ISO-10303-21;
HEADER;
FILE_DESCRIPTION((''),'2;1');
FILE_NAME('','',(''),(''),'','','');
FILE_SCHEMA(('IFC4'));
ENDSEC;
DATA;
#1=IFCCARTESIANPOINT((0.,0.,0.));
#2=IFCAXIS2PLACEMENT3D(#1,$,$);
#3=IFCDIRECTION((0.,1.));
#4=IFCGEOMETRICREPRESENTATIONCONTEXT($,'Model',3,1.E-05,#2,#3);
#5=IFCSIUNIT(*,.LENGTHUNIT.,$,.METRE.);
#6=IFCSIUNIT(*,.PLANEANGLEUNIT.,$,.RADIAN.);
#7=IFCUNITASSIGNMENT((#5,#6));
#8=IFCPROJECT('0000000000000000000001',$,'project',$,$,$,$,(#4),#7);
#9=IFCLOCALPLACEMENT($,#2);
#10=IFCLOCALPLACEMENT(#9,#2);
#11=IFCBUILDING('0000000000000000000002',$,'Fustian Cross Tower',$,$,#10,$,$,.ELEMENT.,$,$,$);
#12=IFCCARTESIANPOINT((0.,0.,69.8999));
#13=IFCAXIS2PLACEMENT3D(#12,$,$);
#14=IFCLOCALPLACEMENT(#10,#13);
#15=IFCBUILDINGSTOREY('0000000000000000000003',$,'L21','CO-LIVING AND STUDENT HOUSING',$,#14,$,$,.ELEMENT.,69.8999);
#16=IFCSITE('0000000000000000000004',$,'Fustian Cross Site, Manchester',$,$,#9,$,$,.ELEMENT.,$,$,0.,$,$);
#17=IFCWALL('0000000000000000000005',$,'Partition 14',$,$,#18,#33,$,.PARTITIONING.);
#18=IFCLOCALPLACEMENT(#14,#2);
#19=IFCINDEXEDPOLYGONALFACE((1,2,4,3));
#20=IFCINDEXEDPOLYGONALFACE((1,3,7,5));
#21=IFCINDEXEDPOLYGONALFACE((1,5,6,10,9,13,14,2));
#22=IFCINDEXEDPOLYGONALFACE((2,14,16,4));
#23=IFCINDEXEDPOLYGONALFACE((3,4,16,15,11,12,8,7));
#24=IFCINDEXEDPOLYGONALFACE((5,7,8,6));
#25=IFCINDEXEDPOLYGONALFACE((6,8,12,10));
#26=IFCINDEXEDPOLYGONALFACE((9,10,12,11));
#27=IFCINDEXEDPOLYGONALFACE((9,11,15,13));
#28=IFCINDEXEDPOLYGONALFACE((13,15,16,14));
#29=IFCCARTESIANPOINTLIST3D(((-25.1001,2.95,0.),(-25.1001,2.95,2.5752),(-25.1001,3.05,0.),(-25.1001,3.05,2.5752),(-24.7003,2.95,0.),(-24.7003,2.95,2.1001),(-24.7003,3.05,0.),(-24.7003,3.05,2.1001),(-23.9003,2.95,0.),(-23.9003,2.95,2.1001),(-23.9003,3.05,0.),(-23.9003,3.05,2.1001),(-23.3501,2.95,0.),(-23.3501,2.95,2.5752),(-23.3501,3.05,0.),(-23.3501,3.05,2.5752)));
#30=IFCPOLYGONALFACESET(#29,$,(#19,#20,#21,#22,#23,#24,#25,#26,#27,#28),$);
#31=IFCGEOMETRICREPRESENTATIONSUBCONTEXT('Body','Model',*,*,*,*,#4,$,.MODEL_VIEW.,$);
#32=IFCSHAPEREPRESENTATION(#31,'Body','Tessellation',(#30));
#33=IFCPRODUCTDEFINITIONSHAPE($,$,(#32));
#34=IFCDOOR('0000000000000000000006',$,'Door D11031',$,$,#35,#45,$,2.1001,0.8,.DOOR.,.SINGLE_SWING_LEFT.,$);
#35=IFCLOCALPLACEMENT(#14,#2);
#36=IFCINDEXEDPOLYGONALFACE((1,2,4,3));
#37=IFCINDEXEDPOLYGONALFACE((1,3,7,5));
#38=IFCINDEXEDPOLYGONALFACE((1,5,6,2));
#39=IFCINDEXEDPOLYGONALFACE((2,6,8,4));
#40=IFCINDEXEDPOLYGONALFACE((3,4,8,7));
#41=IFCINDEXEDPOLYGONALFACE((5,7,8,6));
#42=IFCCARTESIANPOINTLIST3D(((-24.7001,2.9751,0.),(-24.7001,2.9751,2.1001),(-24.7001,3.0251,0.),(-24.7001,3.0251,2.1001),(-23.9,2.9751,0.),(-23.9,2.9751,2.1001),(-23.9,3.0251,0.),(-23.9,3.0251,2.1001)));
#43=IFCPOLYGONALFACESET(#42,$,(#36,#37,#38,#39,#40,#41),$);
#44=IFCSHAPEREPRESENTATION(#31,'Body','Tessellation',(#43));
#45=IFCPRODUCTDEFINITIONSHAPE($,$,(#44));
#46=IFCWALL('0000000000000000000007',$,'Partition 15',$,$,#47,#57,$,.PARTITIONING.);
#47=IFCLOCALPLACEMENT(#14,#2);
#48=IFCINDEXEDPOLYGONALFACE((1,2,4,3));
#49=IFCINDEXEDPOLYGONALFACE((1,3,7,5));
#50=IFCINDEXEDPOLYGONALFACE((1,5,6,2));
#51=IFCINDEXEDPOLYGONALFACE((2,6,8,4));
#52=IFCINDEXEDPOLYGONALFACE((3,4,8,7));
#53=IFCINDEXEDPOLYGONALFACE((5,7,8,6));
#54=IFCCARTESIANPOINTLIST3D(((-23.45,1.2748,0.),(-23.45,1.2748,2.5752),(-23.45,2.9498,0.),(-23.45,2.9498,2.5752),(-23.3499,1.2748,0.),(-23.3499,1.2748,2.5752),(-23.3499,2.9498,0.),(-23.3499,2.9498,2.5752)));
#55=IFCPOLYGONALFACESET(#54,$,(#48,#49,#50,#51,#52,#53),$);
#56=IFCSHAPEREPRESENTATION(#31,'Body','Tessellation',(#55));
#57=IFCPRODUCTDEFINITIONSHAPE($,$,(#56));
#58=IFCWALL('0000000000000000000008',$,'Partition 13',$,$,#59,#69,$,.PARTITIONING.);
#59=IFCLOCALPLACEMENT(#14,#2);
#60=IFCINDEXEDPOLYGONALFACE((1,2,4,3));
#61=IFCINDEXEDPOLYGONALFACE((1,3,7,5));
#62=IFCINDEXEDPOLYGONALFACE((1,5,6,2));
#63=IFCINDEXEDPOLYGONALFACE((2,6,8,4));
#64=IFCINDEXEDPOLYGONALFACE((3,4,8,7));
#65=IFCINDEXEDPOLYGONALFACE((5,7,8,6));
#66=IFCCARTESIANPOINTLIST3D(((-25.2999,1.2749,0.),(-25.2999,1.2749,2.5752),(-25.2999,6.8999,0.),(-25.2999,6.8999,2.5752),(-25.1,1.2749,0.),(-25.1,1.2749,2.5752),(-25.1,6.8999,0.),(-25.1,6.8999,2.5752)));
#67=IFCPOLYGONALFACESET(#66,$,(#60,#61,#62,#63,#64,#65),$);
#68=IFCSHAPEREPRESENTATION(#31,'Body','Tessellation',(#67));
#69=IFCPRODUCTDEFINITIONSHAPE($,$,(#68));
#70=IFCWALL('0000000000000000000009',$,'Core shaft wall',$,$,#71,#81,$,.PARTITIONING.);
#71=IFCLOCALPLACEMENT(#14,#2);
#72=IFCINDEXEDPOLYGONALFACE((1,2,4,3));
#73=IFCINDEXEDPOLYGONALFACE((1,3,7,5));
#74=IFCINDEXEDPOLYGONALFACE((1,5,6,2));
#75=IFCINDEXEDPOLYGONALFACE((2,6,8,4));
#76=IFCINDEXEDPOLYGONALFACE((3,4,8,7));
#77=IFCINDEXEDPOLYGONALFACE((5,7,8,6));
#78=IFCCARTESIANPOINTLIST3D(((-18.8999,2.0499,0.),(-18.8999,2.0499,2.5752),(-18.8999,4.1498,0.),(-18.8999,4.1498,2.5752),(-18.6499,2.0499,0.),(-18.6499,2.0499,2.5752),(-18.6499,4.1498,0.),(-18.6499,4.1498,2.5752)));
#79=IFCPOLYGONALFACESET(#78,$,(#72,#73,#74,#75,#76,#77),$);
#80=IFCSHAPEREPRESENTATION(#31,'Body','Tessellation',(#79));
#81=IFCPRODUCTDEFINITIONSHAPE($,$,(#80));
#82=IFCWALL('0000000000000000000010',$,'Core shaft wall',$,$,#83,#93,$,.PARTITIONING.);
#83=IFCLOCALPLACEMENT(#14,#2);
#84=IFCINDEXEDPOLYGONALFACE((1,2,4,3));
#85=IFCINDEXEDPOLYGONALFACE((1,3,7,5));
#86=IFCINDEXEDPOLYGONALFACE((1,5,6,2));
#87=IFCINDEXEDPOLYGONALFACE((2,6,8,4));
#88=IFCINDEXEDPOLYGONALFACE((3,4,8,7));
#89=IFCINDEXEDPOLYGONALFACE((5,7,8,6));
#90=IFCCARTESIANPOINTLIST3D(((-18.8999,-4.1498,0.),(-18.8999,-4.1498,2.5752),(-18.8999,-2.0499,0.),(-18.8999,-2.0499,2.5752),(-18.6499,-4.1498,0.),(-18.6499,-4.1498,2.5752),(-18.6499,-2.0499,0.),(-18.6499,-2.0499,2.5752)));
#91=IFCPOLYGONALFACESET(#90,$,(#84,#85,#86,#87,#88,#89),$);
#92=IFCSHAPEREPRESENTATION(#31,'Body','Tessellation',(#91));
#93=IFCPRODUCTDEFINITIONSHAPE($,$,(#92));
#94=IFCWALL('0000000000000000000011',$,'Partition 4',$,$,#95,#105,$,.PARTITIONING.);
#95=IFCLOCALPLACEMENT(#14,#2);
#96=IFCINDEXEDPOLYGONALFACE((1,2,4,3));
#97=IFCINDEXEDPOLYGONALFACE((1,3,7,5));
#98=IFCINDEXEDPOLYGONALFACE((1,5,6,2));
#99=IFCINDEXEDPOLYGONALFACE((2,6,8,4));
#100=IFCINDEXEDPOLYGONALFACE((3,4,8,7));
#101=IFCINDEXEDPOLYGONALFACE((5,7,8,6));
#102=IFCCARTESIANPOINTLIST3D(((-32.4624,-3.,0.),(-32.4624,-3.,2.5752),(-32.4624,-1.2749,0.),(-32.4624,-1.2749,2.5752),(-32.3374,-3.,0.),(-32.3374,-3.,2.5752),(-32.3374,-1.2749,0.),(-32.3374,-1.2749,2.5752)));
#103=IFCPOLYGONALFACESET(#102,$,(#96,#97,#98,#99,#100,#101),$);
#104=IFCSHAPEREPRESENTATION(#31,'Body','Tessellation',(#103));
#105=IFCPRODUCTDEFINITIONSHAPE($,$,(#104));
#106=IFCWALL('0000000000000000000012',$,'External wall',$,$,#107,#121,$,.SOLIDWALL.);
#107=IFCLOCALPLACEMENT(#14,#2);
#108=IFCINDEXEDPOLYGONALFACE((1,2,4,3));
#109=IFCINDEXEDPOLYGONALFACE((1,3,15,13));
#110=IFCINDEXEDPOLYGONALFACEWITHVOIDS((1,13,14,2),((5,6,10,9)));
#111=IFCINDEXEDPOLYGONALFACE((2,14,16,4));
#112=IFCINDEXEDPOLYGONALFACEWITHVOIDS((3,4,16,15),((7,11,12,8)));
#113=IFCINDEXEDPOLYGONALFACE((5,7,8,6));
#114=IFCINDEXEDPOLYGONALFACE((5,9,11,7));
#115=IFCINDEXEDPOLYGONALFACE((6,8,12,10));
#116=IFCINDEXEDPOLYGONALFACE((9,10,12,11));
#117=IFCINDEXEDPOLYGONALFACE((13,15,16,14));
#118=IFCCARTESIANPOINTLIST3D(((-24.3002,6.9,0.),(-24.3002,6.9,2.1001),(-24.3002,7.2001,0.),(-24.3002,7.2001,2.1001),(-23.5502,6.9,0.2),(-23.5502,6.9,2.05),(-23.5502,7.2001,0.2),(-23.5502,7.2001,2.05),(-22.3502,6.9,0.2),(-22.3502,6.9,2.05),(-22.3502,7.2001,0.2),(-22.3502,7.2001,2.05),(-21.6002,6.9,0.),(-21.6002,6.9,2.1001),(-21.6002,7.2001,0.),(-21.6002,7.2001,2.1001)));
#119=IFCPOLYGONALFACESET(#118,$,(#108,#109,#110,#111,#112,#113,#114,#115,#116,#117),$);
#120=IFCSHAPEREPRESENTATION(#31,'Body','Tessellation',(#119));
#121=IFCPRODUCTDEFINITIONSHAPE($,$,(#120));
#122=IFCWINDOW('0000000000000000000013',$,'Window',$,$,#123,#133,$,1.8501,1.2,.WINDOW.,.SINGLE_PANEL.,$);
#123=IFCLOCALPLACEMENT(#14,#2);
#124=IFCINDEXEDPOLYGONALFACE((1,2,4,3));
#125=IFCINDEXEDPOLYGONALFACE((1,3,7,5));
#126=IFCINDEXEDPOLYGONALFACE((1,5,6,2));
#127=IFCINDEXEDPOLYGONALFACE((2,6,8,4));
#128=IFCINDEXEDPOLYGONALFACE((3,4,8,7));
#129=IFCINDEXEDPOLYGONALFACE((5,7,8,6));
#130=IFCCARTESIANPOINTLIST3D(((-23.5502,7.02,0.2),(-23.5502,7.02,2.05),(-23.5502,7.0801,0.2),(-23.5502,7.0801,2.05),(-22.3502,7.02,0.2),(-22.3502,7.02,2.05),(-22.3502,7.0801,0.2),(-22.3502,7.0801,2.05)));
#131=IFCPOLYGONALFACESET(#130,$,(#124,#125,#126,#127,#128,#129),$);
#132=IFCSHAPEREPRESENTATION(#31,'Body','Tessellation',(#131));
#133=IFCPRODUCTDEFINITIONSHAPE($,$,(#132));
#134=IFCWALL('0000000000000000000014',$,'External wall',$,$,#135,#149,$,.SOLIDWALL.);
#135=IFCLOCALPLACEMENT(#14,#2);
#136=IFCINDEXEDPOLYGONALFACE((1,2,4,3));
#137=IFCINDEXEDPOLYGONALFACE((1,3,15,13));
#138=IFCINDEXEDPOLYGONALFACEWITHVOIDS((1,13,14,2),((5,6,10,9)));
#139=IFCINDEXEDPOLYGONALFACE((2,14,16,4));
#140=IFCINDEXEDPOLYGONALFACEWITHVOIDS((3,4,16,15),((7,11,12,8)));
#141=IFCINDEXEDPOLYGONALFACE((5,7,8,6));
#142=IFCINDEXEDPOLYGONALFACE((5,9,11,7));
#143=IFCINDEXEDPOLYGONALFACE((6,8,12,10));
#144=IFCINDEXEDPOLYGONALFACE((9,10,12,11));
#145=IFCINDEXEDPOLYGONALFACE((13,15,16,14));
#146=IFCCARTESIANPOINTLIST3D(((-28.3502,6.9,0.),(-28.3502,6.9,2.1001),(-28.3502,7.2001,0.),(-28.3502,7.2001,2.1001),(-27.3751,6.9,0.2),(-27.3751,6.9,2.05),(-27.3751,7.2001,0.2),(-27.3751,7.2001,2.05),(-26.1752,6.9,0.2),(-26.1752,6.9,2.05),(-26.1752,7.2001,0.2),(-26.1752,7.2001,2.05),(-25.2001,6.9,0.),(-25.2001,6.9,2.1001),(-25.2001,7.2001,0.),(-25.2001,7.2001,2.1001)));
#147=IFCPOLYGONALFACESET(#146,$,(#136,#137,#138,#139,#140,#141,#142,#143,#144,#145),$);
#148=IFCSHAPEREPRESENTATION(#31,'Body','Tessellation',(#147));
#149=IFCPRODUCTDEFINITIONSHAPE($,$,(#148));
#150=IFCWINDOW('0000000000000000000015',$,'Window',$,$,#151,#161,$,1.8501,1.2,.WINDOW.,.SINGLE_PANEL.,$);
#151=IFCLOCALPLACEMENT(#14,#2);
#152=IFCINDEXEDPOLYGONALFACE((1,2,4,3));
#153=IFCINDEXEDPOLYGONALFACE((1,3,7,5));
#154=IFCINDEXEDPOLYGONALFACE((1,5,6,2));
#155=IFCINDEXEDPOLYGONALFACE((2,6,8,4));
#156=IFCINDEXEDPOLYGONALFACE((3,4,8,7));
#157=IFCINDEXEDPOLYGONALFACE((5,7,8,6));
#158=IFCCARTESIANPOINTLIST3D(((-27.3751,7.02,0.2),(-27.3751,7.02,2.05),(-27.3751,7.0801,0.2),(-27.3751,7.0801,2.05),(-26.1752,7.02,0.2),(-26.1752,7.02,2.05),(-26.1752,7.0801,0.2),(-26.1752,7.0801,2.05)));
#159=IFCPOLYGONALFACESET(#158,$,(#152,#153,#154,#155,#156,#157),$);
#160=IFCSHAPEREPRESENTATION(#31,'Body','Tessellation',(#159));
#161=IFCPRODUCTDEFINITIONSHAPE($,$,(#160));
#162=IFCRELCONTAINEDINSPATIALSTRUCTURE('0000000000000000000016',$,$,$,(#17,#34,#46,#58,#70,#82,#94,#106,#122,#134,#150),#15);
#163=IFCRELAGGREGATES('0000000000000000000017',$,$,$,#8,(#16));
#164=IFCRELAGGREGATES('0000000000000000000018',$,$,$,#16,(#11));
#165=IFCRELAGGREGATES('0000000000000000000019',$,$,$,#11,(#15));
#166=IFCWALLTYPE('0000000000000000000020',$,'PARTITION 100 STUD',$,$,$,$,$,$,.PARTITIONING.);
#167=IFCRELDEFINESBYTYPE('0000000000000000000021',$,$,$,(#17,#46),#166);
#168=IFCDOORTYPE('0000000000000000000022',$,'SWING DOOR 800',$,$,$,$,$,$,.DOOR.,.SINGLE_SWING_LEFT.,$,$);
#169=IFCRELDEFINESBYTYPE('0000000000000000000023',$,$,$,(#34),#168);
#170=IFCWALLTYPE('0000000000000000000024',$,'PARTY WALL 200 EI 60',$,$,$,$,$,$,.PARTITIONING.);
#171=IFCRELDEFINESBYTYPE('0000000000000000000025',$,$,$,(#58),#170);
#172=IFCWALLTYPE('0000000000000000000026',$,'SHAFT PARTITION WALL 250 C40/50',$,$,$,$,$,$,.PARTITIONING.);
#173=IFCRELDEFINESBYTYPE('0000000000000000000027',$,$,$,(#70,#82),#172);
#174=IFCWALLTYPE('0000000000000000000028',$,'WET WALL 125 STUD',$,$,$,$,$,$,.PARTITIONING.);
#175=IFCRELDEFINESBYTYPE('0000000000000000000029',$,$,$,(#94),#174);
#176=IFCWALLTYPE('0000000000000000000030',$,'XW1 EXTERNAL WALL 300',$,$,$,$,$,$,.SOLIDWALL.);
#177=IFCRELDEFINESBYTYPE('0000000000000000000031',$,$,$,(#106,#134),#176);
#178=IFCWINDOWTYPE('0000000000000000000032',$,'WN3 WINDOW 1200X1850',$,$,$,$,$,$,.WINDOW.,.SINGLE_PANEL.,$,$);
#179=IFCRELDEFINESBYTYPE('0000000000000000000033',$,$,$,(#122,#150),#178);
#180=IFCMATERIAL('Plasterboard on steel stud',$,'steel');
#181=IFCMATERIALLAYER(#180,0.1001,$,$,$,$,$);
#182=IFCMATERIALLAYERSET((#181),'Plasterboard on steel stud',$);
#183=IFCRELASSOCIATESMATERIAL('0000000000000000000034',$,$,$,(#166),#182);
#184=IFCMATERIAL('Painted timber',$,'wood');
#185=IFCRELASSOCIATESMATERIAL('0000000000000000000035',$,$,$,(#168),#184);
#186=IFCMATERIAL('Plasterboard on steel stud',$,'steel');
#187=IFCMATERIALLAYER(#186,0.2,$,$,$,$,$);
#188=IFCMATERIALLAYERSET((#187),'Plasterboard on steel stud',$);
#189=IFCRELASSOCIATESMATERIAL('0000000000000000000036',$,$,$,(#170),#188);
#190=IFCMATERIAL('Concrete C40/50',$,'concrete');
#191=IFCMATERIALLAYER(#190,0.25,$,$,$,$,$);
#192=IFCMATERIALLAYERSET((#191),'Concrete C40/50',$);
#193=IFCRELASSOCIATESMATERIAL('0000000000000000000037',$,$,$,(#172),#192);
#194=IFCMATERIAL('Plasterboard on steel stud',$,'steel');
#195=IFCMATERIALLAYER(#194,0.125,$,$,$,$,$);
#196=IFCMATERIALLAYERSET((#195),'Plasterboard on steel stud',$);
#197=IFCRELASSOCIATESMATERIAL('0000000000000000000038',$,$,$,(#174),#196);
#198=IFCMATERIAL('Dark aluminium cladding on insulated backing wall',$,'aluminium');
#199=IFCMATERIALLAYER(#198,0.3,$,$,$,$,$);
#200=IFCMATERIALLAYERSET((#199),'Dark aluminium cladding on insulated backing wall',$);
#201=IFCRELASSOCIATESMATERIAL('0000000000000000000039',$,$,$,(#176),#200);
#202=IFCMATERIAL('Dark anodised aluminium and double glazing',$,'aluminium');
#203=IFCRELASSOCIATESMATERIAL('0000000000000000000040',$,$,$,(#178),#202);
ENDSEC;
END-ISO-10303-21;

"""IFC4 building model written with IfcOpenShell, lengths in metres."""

from ifc_helpers import new_model, si_unit, direction, frame, frame_2d, origin, place, context, subcontext, project, spatial, rectangle, extrude, material, layer, layer_set, type_object, element, fill, save


model = new_model("IFC4")

# Units and contexts
model_context = context("Model", 3, precision=1e-05, world=origin(), true_north=direction((0.0, 1.0)))
body_context = subcontext(model_context, "Body", "Model", "MODEL_VIEW")
ifc_project = project(units=[si_unit("LENGTHUNIT", "METRE"), si_unit("PLANEANGLEUNIT", "RADIAN")], contexts=[model_context])

# Site, building, storey
site_placement = place(None, origin())
site = spatial("IfcSite", under=ifc_project, at=site_placement, Name="Fustian Cross Site, Manchester", CompositionType="ELEMENT", RefElevation=0.0)
building_placement = place(site_placement, origin())
building = spatial("IfcBuilding", under=site, at=building_placement, Name="Fustian Cross Tower", CompositionType="ELEMENT")
storey_placement = place(building_placement, frame((0.0, 0.0, 69.8999)))
storey = spatial("IfcBuildingStorey", under=building, at=storey_placement, Name="L21", Description="CO-LIVING AND STUDENT HOUSING", CompositionType="ELEMENT", Elevation=69.8999)

# Shared definitions
ifc_material_1 = material(Name="Plasterboard on steel stud", Category="steel")
ifc_layer_1 = layer(ifc_material_1, 0.1001)
ifc_layer_set_1 = layer_set([ifc_layer_1], Name="Plasterboard on steel stud")
wall_type_1 = type_object("IfcWallType", Name="PARTITION 100 STUD", PredefinedType="PARTITIONING", material=ifc_layer_set_1)

# Shared definitions
ifc_material_2 = material(Name="Painted timber", Category="wood")
door_type = type_object("IfcDoorType", Name="SWING DOOR 800", OperationType="SINGLE_SWING_LEFT", PredefinedType="DOOR", material=ifc_material_2)

# Wall, opening, door
wall_1_placement = place(storey_placement, frame((-25.1001, 3.0, 0.0), z_axis=(0.0, 0.0, 1.0), x_axis=(1.0, 0.0, 0.0)))
wall_1 = element("IfcWall", 1, at=wall_1_placement, inside=storey, type_object=wall_type_1, Name="Partition 14", PredefinedType="PARTITIONING", context=body_context, shape_type="SweptSolid", body=[
    extrude(rectangle(XDim=1.75, YDim=0.1001, at=frame_2d((0.875, 0.0))), origin(), (0.0, 0.0, 1.0), 2.5752),
])
opening_1_placement = place(wall_1_placement, frame((0.3999, 0.0, 0.0)))
opening_1 = element("IfcOpeningElement", 2, at=opening_1_placement, cuts=wall_1, PredefinedType="OPENING", context=body_context, shape_type="SweptSolid", body=[
    extrude(rectangle(XDim=0.8, YDim=2.1001, at=frame_2d((0.3999, 1.05))), frame((0.0, 0.0601, 0.0), z_axis=(0.0, -1.0, 0.0), x_axis=(1.0, 0.0, 0.0)), (0.0, 0.0, 1.0), 0.1201),
])
door_1_placement = place(opening_1_placement, frame((0.8, 0.0, 0.0), z_axis=(0.0, 0.0, 1.0), x_axis=(-1.0, 0.0, 0.0)))
door_1 = element("IfcDoor", 3, at=door_1_placement, inside=storey, type_object=door_type, Name="Door D11031", OperationType="SINGLE_SWING_LEFT", OverallHeight=2.1001, OverallWidth=0.8, PredefinedType="DOOR", context=body_context, shape_type="SweptSolid", body=[
    extrude(rectangle(XDim=0.8, YDim=2.1001, at=frame_2d((0.3999, 1.05))), frame((0.0, 0.0249, 0.0), z_axis=(0.0, -1.0, 0.0), x_axis=(1.0, 0.0, 0.0)), (0.0, 0.0, 1.0), 0.05),
])
fill(opening_1, door_1)

# Walls
wall_2_placement = place(storey_placement, frame((-23.3999, 1.2749, 0.0), z_axis=(0.0, 0.0, 1.0), x_axis=(0.0, 1.0, 0.0)))
element("IfcWall", 4, at=wall_2_placement, inside=storey, type_object=wall_type_1, Name="Partition 15", PredefinedType="PARTITIONING", context=body_context, shape_type="SweptSolid", body=[
    extrude(rectangle(XDim=1.675, YDim=0.1001, at=frame_2d((0.8374, 0.0))), origin(), (0.0, 0.0, 1.0), 2.5752),
])
ifc_material_3 = material(Name="Plasterboard on steel stud", Category="steel")
ifc_layer_2 = layer(ifc_material_3, 0.2)
ifc_layer_set_2 = layer_set([ifc_layer_2], Name="Plasterboard on steel stud")
wall_type_2 = type_object("IfcWallType", Name="PARTY WALL 200 EI 60", PredefinedType="PARTITIONING", material=ifc_layer_set_2)
wall_3_placement = place(storey_placement, frame((-25.2, 1.2749, 0.0), z_axis=(0.0, 0.0, 1.0), x_axis=(0.0, 1.0, 0.0)))
element("IfcWall", 5, at=wall_3_placement, inside=storey, type_object=wall_type_2, Name="Partition 13", PredefinedType="PARTITIONING", context=body_context, shape_type="SweptSolid", body=[
    extrude(rectangle(XDim=5.625, YDim=0.2, at=frame_2d((2.8125, 0.0))), origin(), (0.0, 0.0, 1.0), 2.5752),
])
ifc_material_4 = material(Name="Concrete C40/50", Category="concrete")
ifc_layer_3 = layer(ifc_material_4, 0.25)
ifc_layer_set_3 = layer_set([ifc_layer_3], Name="Concrete C40/50")
wall_type_3 = type_object("IfcWallType", Name="SHAFT PARTITION WALL 250 C40/50", PredefinedType="PARTITIONING", material=ifc_layer_set_3)
for number, where, z_axis, x_axis, name in (
    (6, (-18.7749, 2.05, 0.0), (0.0, 0.0, 1.0), (0.0, 1.0, 0.0), "Core shaft wall"),
    (7, (-18.7749, -2.05, 0.0), (0.0, 0.0, 1.0), (0.0, -1.0, 0.0), "Core shaft wall"),
):
    element("IfcWall", number, at=place(storey_placement, frame(where, z_axis=z_axis, x_axis=x_axis)), inside=storey, type_object=wall_type_3, Name=name, PredefinedType="PARTITIONING", context=body_context, shape_type="SweptSolid", body=[
        extrude(rectangle(XDim=2.0999, YDim=0.25, at=frame_2d((1.0498, 0.0))), origin(), (0.0, 0.0, 1.0), 2.5752),
    ])
ifc_material_5 = material(Name="Plasterboard on steel stud", Category="steel")
ifc_layer_4 = layer(ifc_material_5, 0.125)
ifc_layer_set_4 = layer_set([ifc_layer_4], Name="Plasterboard on steel stud")
wall_type_4 = type_object("IfcWallType", Name="WET WALL 125 STUD", PredefinedType="PARTITIONING", material=ifc_layer_set_4)
wall_4_placement = place(storey_placement, frame((-32.3999, -3.0, 0.0), z_axis=(0.0, 0.0, 1.0), x_axis=(0.0, 1.0, 0.0)))
element("IfcWall", 8, at=wall_4_placement, inside=storey, type_object=wall_type_4, Name="Partition 4", PredefinedType="PARTITIONING", context=body_context, shape_type="SweptSolid", body=[
    extrude(rectangle(XDim=1.7251, YDim=0.125, at=frame_2d((0.8625, 0.0))), origin(), (0.0, 0.0, 1.0), 2.5752),
])

# Walls, openings, windows
ifc_material_6 = material(Name="Dark aluminium cladding on insulated backing wall", Category="aluminium")
ifc_layer_5 = layer(ifc_material_6, 0.3)
ifc_layer_set_5 = layer_set([ifc_layer_5], Name="Dark aluminium cladding on insulated backing wall")
wall_type_5 = type_object("IfcWallType", Name="XW1 EXTERNAL WALL 300", PredefinedType="SOLIDWALL", material=ifc_layer_set_5)
wall_5_placement = place(storey_placement, frame((-21.6001, 7.05, 0.0), z_axis=(0.0, 0.0, 1.0), x_axis=(-1.0, 0.0, 0.0)))
wall_5 = element("IfcWall", 9, at=wall_5_placement, inside=storey, type_object=wall_type_5, Name="External wall", PredefinedType="SOLIDWALL", context=body_context, shape_type="SweptSolid", body=[
    extrude(rectangle(XDim=2.7, YDim=0.3, at=frame_2d((1.3501, 0.0))), origin(), (0.0, 0.0, 1.0), 2.1001),
])
opening_2_placement = place(wall_5_placement, frame((0.75, 0.0, 0.2)))
opening_2 = element("IfcOpeningElement", 10, at=opening_2_placement, cuts=wall_5, PredefinedType="OPENING", context=body_context, shape_type="SweptSolid", body=[
    extrude(rectangle(XDim=1.2, YDim=1.8501, at=frame_2d((0.6001, 0.925))), frame((0.0, 0.1599, 0.0), z_axis=(0.0, -1.0, 0.0), x_axis=(1.0, 0.0, 0.0)), (0.0, 0.0, 1.0), 0.3201),
])
ifc_material_7 = material(Name="Dark anodised aluminium and double glazing", Category="aluminium")
window_type = type_object("IfcWindowType", Name="WN3 WINDOW 1200X1850", PartitioningType="SINGLE_PANEL", PredefinedType="WINDOW", material=ifc_material_7)
window_1_placement = place(opening_2_placement, origin())
window_1 = element("IfcWindow", 11, at=window_1_placement, inside=storey, type_object=window_type, Name="Window", OverallHeight=1.8501, OverallWidth=1.2, PartitioningType="SINGLE_PANEL", PredefinedType="WINDOW", context=body_context, shape_type="SweptSolid", body=[
    extrude(rectangle(XDim=1.2, YDim=1.8501, at=frame_2d((0.6001, 0.925))), frame((0.0, 0.03, 0.0), z_axis=(0.0, -1.0, 0.0), x_axis=(1.0, 0.0, 0.0)), (0.0, 0.0, 1.0), 0.0601),
])
fill(opening_2, window_1)
wall_6_placement = place(storey_placement, frame((-25.2, 7.05, 0.0), z_axis=(0.0, 0.0, 1.0), x_axis=(-1.0, 0.0, 0.0)))
wall_6 = element("IfcWall", 12, at=wall_6_placement, inside=storey, type_object=wall_type_5, Name="External wall", PredefinedType="SOLIDWALL", context=body_context, shape_type="SweptSolid", body=[
    extrude(rectangle(XDim=3.1501, YDim=0.3, at=frame_2d((1.5752, 0.0))), origin(), (0.0, 0.0, 1.0), 2.1001),
])
opening_3_placement = place(wall_6_placement, frame((0.9751, 0.0, 0.2)))
opening_3 = element("IfcOpeningElement", 13, at=opening_3_placement, cuts=wall_6, PredefinedType="OPENING", context=body_context, shape_type="SweptSolid", body=[
    extrude(rectangle(XDim=1.2, YDim=1.8501, at=frame_2d((0.6001, 0.925))), frame((0.0, 0.1599, 0.0), z_axis=(0.0, -1.0, 0.0), x_axis=(1.0, 0.0, 0.0)), (0.0, 0.0, 1.0), 0.3201),
])
window_2_placement = place(opening_3_placement, origin())
window_2 = element("IfcWindow", 14, at=window_2_placement, inside=storey, type_object=window_type, Name="Window", OverallHeight=1.8501, OverallWidth=1.2, PartitioningType="SINGLE_PANEL", PredefinedType="WINDOW", context=body_context, shape_type="SweptSolid", body=[
    extrude(rectangle(XDim=1.2, YDim=1.8501, at=frame_2d((0.6001, 0.925))), frame((0.0, 0.03, 0.0), z_axis=(0.0, -1.0, 0.0), x_axis=(1.0, 0.0, 0.0)), (0.0, 0.0, 1.0), 0.0601),
])
fill(opening_3, window_2)

save(model, "model.ifc")
